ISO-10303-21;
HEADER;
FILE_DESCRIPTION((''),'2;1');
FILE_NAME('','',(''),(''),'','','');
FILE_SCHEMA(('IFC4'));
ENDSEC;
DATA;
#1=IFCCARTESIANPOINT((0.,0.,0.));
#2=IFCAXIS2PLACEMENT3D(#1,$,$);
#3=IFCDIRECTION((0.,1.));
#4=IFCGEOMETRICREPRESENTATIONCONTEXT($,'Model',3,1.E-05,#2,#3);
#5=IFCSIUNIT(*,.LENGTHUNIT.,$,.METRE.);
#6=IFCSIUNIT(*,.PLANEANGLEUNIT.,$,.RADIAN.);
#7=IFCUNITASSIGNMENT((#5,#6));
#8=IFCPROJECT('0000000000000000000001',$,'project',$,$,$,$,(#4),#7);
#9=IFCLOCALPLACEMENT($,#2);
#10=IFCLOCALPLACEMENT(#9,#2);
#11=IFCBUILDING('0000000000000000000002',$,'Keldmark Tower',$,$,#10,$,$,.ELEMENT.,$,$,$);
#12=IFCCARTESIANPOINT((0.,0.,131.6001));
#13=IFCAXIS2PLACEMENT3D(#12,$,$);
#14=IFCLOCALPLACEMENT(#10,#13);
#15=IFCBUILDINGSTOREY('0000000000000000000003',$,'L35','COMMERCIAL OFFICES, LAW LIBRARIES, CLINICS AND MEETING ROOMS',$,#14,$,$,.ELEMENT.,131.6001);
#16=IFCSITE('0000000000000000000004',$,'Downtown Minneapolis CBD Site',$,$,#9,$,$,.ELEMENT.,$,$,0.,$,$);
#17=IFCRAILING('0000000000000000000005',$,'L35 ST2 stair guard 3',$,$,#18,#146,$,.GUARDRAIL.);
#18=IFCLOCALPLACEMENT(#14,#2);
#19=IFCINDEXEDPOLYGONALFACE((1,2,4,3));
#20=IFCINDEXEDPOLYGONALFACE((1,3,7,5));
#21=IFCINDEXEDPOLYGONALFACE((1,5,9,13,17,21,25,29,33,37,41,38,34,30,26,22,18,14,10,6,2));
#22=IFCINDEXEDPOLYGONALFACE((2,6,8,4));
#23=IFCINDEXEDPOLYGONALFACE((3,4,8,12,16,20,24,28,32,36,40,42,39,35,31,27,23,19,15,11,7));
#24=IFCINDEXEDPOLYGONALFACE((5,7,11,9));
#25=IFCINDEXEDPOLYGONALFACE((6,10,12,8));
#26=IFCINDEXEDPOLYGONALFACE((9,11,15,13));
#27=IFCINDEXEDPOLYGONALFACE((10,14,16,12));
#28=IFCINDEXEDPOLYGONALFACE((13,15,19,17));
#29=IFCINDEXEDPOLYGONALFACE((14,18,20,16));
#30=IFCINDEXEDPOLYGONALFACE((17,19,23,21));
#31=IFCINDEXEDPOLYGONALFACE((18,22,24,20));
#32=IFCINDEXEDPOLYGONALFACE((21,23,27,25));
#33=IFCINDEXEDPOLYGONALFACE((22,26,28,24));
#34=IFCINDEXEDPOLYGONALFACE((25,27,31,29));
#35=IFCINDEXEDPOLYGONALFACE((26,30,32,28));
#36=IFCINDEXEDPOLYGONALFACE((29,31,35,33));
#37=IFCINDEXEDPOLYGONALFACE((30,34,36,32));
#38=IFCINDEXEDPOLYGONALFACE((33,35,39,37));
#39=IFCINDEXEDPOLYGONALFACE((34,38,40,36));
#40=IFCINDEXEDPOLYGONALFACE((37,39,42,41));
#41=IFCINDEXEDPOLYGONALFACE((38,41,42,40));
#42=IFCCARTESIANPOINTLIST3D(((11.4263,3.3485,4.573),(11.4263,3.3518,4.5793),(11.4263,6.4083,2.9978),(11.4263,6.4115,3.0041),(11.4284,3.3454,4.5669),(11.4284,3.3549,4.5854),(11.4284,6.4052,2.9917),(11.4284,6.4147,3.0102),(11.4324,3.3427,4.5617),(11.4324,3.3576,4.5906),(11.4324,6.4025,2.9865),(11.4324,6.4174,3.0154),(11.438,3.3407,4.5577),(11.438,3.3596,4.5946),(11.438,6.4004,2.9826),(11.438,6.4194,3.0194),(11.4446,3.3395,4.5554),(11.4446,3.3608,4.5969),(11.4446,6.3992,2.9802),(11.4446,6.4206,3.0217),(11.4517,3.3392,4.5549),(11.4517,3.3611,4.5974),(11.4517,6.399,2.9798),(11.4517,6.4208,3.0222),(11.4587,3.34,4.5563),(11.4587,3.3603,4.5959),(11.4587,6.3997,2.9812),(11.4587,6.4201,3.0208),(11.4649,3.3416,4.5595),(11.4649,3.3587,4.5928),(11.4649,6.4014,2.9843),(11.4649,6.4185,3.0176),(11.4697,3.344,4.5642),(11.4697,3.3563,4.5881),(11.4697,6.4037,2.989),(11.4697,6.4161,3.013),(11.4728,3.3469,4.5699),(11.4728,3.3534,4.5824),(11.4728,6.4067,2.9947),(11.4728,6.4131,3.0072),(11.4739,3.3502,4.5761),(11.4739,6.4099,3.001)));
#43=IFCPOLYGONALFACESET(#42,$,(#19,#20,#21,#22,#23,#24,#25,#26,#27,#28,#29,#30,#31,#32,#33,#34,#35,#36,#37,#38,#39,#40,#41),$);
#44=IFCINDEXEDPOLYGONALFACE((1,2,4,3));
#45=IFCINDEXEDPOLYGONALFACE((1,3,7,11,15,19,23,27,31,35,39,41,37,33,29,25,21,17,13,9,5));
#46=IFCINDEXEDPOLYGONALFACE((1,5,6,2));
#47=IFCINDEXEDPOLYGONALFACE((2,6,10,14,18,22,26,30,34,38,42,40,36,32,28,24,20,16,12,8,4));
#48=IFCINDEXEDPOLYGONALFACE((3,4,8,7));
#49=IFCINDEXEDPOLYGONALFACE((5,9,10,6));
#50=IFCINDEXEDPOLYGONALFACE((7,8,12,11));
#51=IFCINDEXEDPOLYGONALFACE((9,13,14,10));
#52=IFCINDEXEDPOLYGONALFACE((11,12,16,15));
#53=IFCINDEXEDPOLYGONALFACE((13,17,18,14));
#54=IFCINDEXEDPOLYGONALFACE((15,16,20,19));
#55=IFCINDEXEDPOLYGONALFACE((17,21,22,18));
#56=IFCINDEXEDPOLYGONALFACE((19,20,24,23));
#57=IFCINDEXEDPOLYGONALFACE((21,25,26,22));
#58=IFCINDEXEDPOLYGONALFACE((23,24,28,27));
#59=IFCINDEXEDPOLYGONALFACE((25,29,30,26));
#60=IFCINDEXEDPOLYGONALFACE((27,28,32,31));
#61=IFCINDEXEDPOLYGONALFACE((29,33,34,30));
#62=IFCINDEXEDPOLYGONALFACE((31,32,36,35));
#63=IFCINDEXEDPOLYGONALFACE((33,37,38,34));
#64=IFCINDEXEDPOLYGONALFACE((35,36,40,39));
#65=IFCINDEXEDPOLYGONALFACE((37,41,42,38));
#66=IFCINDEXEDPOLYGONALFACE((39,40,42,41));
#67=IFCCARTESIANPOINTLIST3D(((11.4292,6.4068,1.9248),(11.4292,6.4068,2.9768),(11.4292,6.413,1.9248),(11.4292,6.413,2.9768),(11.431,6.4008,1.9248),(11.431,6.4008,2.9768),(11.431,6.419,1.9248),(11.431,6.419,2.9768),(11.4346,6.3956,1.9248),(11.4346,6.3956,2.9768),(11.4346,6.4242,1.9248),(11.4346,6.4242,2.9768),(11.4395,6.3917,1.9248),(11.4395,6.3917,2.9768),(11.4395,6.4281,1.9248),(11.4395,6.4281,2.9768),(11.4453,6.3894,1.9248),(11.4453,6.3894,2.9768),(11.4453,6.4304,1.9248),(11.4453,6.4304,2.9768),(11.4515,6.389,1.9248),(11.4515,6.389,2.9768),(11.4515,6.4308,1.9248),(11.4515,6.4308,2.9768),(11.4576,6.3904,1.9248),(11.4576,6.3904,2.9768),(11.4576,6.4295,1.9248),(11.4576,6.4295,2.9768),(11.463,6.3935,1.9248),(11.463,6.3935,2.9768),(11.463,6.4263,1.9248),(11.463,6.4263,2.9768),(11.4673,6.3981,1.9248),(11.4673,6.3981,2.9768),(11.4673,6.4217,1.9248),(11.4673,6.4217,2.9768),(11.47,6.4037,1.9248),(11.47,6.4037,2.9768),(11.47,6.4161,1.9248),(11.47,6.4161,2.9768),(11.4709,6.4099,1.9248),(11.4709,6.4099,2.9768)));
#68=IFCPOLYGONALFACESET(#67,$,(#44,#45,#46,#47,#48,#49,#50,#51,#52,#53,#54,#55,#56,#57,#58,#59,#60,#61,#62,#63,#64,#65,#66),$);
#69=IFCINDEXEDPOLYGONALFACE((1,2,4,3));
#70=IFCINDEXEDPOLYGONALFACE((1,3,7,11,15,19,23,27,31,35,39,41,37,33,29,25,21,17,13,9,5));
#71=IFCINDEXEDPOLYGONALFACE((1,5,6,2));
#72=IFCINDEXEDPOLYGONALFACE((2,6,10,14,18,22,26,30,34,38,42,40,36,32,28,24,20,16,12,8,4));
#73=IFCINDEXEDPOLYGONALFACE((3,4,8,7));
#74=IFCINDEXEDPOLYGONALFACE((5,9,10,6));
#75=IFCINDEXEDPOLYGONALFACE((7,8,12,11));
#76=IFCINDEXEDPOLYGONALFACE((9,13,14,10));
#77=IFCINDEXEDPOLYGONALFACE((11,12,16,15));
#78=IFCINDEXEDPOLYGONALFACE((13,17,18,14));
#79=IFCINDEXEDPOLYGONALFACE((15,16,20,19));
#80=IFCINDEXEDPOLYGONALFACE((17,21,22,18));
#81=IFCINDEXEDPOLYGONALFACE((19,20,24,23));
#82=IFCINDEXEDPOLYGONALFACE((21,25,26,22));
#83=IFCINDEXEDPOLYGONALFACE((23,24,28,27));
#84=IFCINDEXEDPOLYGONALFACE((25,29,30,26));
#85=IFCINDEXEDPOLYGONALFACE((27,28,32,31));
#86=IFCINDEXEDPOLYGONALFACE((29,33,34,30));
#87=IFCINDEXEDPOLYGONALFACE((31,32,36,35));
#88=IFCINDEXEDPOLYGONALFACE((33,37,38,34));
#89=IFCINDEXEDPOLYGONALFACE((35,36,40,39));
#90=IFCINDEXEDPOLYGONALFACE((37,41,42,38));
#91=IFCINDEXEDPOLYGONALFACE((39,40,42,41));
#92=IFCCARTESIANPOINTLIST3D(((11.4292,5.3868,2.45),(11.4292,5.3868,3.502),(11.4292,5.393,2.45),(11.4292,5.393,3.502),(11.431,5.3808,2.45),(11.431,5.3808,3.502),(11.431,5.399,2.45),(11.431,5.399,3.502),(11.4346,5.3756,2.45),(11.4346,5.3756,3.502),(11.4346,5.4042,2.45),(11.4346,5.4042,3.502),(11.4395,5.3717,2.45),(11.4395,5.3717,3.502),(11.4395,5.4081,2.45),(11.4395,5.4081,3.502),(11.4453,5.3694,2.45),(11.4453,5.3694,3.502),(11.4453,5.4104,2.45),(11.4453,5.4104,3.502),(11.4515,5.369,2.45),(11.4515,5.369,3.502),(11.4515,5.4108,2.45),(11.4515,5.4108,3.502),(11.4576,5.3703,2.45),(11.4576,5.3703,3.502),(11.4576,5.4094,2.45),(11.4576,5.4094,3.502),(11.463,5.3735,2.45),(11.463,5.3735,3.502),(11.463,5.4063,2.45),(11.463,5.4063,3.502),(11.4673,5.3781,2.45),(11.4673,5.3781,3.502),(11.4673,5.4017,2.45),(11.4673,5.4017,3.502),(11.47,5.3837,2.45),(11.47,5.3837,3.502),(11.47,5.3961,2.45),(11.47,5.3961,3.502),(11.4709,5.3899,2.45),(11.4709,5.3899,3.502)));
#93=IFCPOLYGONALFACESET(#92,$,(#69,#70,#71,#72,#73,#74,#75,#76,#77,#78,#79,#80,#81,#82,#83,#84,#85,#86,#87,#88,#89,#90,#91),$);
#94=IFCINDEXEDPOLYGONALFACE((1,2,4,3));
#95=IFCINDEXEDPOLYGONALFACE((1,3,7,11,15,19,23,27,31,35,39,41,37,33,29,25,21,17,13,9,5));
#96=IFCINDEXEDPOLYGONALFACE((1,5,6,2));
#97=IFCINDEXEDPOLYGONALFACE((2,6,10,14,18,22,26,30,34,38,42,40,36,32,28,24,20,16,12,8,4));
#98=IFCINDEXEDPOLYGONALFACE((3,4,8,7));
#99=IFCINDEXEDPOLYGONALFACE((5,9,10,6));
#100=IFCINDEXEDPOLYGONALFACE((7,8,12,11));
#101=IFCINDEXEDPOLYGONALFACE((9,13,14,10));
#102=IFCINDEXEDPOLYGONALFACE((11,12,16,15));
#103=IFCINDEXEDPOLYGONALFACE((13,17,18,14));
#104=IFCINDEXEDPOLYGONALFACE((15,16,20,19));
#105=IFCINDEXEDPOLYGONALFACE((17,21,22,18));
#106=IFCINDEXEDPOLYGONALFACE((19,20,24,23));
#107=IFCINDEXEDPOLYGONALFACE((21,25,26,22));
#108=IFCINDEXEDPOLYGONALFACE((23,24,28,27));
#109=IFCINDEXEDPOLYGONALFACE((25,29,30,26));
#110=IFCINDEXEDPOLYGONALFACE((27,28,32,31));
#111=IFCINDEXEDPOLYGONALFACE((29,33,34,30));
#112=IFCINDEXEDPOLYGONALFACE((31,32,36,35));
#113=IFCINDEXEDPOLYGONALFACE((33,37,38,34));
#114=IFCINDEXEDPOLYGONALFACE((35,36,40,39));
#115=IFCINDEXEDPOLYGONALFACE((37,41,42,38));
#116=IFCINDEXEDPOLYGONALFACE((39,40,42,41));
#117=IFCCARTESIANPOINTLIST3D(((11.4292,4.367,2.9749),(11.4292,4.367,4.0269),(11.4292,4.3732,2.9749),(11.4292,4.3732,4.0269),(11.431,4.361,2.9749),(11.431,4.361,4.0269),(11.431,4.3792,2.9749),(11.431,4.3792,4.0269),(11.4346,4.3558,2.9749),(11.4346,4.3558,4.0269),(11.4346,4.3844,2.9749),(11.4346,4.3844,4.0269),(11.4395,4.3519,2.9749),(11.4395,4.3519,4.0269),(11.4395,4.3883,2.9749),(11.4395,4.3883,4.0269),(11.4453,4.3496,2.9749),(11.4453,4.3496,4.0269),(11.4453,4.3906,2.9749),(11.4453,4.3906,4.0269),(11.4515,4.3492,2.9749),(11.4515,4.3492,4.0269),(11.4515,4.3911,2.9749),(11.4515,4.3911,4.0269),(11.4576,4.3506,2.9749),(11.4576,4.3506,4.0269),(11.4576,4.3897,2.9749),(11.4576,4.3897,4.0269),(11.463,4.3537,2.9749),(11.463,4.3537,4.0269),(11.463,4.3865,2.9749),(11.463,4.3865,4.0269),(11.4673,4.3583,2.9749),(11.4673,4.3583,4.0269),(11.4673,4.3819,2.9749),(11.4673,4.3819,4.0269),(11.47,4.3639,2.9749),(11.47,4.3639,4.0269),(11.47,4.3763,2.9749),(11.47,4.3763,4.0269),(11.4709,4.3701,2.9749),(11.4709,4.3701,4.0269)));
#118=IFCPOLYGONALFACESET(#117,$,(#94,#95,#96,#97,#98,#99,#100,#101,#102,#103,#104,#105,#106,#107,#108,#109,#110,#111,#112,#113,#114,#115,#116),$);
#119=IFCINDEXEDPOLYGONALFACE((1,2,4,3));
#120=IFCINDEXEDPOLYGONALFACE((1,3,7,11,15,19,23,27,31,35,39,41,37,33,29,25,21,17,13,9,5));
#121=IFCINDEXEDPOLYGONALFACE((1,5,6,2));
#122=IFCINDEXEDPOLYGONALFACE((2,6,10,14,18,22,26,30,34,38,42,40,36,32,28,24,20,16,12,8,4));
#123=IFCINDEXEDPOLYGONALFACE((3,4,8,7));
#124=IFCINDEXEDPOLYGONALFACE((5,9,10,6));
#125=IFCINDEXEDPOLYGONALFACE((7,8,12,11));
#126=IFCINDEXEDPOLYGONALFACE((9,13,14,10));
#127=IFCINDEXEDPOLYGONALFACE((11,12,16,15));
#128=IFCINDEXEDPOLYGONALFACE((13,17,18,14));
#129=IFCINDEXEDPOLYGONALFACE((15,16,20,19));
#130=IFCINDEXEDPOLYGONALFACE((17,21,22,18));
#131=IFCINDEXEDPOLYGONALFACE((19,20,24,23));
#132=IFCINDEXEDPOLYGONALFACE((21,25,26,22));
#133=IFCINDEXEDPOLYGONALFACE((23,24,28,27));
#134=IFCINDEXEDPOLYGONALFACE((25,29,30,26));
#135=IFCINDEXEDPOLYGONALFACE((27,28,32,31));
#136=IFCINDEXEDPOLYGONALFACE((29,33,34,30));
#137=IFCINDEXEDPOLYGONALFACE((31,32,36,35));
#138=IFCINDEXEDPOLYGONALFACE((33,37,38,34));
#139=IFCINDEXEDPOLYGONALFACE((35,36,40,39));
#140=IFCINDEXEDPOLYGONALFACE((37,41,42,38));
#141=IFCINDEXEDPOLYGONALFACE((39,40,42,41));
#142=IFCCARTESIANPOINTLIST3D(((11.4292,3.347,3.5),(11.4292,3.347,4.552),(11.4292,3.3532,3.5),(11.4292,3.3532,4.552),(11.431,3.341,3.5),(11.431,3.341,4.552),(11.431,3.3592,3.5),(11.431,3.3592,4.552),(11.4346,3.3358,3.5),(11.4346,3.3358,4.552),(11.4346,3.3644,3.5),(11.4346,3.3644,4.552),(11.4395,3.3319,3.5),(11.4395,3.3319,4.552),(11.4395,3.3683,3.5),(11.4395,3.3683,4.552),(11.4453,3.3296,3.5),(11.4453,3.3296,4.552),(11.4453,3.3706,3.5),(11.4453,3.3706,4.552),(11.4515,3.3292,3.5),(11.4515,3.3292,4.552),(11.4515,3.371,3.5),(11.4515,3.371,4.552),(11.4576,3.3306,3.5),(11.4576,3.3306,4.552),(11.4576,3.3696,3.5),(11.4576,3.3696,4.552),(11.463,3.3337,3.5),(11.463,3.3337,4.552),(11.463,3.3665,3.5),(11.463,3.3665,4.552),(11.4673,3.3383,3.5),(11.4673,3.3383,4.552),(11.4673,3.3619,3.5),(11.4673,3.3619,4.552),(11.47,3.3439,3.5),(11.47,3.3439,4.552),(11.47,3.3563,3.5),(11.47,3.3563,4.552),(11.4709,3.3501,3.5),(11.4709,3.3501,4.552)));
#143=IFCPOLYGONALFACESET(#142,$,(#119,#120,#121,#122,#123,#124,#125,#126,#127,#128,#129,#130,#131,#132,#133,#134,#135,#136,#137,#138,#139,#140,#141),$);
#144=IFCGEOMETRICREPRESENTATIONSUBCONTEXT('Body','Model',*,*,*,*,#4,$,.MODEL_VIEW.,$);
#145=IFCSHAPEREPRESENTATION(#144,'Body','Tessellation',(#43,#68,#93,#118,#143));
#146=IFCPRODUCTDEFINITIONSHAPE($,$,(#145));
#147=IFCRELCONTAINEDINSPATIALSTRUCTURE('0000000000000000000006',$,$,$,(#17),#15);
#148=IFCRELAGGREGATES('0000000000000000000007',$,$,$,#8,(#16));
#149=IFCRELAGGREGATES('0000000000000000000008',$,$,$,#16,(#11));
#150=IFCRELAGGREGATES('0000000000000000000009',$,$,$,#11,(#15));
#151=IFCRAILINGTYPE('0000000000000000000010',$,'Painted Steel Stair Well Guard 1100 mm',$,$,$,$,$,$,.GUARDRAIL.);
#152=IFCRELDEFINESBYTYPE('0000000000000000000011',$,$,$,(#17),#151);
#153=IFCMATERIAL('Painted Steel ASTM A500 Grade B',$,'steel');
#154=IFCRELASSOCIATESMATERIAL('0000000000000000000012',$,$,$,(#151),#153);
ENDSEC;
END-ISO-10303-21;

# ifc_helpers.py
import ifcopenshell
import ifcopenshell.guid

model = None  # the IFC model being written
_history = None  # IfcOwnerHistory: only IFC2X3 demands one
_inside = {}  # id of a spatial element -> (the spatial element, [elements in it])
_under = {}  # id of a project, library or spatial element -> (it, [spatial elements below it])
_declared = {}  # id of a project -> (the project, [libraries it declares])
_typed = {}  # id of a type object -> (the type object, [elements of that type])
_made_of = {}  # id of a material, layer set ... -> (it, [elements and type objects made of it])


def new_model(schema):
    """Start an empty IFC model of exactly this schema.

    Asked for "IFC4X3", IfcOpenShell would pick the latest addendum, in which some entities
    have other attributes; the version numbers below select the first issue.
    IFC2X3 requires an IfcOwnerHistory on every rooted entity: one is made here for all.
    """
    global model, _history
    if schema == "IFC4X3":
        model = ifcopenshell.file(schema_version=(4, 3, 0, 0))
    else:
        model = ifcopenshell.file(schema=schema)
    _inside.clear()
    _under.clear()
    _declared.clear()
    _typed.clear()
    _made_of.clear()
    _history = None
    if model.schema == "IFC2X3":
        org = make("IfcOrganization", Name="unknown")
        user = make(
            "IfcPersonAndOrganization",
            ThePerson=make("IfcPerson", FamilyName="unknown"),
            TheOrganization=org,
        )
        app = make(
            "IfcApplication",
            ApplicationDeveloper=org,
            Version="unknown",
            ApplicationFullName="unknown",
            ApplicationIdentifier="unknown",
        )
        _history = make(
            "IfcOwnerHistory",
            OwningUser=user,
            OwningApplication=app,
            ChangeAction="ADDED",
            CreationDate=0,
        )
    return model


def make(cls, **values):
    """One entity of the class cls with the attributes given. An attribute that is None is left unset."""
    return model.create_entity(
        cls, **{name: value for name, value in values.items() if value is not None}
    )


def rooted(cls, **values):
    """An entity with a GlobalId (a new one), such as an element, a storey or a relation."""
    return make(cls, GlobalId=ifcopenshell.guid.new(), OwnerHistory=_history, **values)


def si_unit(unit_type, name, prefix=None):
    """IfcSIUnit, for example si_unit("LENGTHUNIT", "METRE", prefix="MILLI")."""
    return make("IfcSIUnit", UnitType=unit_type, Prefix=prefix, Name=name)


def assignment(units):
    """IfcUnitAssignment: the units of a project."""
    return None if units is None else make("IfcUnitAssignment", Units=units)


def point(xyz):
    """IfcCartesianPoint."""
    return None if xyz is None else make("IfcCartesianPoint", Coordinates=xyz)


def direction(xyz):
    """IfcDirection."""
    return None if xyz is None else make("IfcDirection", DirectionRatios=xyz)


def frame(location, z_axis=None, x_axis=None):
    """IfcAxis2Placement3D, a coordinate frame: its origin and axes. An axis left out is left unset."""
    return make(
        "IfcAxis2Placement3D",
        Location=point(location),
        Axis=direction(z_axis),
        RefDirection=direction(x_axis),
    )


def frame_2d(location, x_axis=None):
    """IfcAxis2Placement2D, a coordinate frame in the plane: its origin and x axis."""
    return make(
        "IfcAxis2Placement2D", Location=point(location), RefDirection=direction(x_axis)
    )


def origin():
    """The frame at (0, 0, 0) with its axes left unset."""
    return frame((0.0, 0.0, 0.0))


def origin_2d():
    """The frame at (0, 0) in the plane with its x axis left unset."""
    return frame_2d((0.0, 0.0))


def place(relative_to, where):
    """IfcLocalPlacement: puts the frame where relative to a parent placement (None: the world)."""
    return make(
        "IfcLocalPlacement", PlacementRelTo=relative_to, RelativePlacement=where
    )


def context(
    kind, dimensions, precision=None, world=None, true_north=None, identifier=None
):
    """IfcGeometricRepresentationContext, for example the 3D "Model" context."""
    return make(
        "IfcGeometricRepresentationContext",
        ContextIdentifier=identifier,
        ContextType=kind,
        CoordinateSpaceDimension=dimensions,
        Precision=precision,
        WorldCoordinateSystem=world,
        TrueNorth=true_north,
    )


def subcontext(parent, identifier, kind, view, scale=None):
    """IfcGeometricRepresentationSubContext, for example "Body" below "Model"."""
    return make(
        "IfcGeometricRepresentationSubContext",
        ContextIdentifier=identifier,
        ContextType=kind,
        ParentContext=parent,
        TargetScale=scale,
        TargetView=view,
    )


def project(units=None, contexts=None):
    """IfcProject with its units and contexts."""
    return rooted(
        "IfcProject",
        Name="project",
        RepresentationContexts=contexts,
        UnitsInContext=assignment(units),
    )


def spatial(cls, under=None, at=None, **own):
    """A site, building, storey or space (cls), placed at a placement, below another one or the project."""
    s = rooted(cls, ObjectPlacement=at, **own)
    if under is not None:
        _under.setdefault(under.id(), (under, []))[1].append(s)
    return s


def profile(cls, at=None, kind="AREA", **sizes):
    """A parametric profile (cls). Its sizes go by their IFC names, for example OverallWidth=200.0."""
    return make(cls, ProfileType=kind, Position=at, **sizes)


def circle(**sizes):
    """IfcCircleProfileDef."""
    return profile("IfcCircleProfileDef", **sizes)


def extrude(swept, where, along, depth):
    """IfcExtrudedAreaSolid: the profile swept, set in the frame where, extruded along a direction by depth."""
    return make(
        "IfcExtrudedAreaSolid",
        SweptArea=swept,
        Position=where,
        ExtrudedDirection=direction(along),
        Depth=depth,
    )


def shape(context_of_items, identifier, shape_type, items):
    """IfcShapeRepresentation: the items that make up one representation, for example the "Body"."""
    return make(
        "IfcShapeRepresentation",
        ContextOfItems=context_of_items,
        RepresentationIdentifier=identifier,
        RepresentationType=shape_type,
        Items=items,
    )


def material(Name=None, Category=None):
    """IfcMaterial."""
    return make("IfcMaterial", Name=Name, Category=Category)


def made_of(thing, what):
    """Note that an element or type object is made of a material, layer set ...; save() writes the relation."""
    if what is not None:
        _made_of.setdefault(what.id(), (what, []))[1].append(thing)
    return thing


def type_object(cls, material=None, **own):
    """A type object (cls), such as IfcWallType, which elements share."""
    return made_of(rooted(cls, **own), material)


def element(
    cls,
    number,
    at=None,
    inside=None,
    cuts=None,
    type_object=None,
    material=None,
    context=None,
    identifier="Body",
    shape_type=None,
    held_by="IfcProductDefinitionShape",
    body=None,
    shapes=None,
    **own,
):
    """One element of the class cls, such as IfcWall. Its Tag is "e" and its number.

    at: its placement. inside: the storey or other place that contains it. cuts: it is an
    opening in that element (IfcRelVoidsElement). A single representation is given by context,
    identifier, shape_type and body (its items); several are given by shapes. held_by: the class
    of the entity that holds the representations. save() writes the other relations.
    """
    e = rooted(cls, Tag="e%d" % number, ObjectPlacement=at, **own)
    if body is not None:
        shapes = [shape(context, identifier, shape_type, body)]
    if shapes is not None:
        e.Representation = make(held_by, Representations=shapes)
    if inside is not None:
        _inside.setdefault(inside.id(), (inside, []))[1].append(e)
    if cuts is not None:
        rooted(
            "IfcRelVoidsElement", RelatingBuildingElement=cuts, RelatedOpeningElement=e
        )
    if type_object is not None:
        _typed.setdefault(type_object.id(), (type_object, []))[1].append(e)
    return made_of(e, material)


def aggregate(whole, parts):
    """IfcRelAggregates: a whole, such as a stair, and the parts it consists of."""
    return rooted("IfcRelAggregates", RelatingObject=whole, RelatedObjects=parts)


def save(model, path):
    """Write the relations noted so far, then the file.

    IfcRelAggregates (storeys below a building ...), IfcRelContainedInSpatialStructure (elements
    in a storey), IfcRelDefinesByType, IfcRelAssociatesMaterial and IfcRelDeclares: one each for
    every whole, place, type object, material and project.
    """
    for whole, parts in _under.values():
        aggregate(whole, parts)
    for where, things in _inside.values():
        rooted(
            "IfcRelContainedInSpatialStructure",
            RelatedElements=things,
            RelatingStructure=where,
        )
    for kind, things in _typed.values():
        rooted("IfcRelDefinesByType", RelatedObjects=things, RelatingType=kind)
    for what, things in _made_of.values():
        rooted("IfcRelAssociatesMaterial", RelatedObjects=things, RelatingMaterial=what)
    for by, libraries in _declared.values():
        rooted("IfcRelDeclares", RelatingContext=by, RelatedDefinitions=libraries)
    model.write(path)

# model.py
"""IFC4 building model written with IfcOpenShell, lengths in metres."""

from ifc_helpers import new_model, si_unit, direction, frame, origin, origin_2d, place, context, subcontext, project, spatial, circle, extrude, material, type_object, element, save


model = new_model("IFC4")

# Units and contexts
model_context = context("Model", 3, precision=1e-05, world=origin(), true_north=direction((0.0, 1.0)))
body_context = subcontext(model_context, "Body", "Model", "MODEL_VIEW")
ifc_project = project(units=[si_unit("LENGTHUNIT", "METRE"), si_unit("PLANEANGLEUNIT", "RADIAN")], contexts=[model_context])

# Site, building, storey
site_placement = place(None, origin())
site = spatial("IfcSite", under=ifc_project, at=site_placement, Name="Downtown Minneapolis CBD Site", CompositionType="ELEMENT", RefElevation=0.0)
building_placement = place(site_placement, origin())
building = spatial("IfcBuilding", under=site, at=building_placement, Name="Keldmark Tower", CompositionType="ELEMENT")
storey_placement = place(building_placement, frame((0.0, 0.0, 131.6001)))
storey = spatial("IfcBuildingStorey", under=building, at=storey_placement, Name="L35", Description="COMMERCIAL OFFICES, LAW LIBRARIES, CLINICS AND MEETING ROOMS", CompositionType="ELEMENT", Elevation=131.6001)

# Railing
ifc_material_1 = material(Name="Painted Steel ASTM A500 Grade B", Category="steel")
railing_type_1 = type_object("IfcRailingType", Name="Painted Steel Stair Well Guard 1100 mm", PredefinedType="GUARDRAIL", material=ifc_material_1)
railing_1_placement = place(storey_placement, frame((11.45, 6.4099, 1.9248)))
element("IfcRailing", 1, at=railing_1_placement, inside=storey, type_object=railing_type_1, Name="L35 ST2 stair guard 3", PredefinedType="GUARDRAIL", context=body_context, shape_type="SweptSolid", body=[
    extrude(circle(Radius=0.0239, at=origin_2d()), frame((0.0, 0.0, 1.0762), z_axis=(0.0, -0.889101, 0.45771), x_axis=(1.0, 0.0, 0.0)), (0.0, 0.0, 1.0), 3.4414),
    extrude(circle(Radius=0.021, at=origin_2d()), origin(), (0.0, 0.0, 1.0), 1.052),
    extrude(circle(Radius=0.021, at=origin_2d()), frame((0.0, -1.02, 0.5251)), (0.0, 0.0, 1.0), 1.052),
    extrude(circle(Radius=0.021, at=origin_2d()), frame((0.0, -2.0398, 1.05)), (0.0, 0.0, 1.0), 1.052),
    extrude(circle(Radius=0.021, at=origin_2d()), frame((0.0, -3.0598, 1.5752)), (0.0, 0.0, 1.0), 1.052),
])

save(model, "model.ifc")
